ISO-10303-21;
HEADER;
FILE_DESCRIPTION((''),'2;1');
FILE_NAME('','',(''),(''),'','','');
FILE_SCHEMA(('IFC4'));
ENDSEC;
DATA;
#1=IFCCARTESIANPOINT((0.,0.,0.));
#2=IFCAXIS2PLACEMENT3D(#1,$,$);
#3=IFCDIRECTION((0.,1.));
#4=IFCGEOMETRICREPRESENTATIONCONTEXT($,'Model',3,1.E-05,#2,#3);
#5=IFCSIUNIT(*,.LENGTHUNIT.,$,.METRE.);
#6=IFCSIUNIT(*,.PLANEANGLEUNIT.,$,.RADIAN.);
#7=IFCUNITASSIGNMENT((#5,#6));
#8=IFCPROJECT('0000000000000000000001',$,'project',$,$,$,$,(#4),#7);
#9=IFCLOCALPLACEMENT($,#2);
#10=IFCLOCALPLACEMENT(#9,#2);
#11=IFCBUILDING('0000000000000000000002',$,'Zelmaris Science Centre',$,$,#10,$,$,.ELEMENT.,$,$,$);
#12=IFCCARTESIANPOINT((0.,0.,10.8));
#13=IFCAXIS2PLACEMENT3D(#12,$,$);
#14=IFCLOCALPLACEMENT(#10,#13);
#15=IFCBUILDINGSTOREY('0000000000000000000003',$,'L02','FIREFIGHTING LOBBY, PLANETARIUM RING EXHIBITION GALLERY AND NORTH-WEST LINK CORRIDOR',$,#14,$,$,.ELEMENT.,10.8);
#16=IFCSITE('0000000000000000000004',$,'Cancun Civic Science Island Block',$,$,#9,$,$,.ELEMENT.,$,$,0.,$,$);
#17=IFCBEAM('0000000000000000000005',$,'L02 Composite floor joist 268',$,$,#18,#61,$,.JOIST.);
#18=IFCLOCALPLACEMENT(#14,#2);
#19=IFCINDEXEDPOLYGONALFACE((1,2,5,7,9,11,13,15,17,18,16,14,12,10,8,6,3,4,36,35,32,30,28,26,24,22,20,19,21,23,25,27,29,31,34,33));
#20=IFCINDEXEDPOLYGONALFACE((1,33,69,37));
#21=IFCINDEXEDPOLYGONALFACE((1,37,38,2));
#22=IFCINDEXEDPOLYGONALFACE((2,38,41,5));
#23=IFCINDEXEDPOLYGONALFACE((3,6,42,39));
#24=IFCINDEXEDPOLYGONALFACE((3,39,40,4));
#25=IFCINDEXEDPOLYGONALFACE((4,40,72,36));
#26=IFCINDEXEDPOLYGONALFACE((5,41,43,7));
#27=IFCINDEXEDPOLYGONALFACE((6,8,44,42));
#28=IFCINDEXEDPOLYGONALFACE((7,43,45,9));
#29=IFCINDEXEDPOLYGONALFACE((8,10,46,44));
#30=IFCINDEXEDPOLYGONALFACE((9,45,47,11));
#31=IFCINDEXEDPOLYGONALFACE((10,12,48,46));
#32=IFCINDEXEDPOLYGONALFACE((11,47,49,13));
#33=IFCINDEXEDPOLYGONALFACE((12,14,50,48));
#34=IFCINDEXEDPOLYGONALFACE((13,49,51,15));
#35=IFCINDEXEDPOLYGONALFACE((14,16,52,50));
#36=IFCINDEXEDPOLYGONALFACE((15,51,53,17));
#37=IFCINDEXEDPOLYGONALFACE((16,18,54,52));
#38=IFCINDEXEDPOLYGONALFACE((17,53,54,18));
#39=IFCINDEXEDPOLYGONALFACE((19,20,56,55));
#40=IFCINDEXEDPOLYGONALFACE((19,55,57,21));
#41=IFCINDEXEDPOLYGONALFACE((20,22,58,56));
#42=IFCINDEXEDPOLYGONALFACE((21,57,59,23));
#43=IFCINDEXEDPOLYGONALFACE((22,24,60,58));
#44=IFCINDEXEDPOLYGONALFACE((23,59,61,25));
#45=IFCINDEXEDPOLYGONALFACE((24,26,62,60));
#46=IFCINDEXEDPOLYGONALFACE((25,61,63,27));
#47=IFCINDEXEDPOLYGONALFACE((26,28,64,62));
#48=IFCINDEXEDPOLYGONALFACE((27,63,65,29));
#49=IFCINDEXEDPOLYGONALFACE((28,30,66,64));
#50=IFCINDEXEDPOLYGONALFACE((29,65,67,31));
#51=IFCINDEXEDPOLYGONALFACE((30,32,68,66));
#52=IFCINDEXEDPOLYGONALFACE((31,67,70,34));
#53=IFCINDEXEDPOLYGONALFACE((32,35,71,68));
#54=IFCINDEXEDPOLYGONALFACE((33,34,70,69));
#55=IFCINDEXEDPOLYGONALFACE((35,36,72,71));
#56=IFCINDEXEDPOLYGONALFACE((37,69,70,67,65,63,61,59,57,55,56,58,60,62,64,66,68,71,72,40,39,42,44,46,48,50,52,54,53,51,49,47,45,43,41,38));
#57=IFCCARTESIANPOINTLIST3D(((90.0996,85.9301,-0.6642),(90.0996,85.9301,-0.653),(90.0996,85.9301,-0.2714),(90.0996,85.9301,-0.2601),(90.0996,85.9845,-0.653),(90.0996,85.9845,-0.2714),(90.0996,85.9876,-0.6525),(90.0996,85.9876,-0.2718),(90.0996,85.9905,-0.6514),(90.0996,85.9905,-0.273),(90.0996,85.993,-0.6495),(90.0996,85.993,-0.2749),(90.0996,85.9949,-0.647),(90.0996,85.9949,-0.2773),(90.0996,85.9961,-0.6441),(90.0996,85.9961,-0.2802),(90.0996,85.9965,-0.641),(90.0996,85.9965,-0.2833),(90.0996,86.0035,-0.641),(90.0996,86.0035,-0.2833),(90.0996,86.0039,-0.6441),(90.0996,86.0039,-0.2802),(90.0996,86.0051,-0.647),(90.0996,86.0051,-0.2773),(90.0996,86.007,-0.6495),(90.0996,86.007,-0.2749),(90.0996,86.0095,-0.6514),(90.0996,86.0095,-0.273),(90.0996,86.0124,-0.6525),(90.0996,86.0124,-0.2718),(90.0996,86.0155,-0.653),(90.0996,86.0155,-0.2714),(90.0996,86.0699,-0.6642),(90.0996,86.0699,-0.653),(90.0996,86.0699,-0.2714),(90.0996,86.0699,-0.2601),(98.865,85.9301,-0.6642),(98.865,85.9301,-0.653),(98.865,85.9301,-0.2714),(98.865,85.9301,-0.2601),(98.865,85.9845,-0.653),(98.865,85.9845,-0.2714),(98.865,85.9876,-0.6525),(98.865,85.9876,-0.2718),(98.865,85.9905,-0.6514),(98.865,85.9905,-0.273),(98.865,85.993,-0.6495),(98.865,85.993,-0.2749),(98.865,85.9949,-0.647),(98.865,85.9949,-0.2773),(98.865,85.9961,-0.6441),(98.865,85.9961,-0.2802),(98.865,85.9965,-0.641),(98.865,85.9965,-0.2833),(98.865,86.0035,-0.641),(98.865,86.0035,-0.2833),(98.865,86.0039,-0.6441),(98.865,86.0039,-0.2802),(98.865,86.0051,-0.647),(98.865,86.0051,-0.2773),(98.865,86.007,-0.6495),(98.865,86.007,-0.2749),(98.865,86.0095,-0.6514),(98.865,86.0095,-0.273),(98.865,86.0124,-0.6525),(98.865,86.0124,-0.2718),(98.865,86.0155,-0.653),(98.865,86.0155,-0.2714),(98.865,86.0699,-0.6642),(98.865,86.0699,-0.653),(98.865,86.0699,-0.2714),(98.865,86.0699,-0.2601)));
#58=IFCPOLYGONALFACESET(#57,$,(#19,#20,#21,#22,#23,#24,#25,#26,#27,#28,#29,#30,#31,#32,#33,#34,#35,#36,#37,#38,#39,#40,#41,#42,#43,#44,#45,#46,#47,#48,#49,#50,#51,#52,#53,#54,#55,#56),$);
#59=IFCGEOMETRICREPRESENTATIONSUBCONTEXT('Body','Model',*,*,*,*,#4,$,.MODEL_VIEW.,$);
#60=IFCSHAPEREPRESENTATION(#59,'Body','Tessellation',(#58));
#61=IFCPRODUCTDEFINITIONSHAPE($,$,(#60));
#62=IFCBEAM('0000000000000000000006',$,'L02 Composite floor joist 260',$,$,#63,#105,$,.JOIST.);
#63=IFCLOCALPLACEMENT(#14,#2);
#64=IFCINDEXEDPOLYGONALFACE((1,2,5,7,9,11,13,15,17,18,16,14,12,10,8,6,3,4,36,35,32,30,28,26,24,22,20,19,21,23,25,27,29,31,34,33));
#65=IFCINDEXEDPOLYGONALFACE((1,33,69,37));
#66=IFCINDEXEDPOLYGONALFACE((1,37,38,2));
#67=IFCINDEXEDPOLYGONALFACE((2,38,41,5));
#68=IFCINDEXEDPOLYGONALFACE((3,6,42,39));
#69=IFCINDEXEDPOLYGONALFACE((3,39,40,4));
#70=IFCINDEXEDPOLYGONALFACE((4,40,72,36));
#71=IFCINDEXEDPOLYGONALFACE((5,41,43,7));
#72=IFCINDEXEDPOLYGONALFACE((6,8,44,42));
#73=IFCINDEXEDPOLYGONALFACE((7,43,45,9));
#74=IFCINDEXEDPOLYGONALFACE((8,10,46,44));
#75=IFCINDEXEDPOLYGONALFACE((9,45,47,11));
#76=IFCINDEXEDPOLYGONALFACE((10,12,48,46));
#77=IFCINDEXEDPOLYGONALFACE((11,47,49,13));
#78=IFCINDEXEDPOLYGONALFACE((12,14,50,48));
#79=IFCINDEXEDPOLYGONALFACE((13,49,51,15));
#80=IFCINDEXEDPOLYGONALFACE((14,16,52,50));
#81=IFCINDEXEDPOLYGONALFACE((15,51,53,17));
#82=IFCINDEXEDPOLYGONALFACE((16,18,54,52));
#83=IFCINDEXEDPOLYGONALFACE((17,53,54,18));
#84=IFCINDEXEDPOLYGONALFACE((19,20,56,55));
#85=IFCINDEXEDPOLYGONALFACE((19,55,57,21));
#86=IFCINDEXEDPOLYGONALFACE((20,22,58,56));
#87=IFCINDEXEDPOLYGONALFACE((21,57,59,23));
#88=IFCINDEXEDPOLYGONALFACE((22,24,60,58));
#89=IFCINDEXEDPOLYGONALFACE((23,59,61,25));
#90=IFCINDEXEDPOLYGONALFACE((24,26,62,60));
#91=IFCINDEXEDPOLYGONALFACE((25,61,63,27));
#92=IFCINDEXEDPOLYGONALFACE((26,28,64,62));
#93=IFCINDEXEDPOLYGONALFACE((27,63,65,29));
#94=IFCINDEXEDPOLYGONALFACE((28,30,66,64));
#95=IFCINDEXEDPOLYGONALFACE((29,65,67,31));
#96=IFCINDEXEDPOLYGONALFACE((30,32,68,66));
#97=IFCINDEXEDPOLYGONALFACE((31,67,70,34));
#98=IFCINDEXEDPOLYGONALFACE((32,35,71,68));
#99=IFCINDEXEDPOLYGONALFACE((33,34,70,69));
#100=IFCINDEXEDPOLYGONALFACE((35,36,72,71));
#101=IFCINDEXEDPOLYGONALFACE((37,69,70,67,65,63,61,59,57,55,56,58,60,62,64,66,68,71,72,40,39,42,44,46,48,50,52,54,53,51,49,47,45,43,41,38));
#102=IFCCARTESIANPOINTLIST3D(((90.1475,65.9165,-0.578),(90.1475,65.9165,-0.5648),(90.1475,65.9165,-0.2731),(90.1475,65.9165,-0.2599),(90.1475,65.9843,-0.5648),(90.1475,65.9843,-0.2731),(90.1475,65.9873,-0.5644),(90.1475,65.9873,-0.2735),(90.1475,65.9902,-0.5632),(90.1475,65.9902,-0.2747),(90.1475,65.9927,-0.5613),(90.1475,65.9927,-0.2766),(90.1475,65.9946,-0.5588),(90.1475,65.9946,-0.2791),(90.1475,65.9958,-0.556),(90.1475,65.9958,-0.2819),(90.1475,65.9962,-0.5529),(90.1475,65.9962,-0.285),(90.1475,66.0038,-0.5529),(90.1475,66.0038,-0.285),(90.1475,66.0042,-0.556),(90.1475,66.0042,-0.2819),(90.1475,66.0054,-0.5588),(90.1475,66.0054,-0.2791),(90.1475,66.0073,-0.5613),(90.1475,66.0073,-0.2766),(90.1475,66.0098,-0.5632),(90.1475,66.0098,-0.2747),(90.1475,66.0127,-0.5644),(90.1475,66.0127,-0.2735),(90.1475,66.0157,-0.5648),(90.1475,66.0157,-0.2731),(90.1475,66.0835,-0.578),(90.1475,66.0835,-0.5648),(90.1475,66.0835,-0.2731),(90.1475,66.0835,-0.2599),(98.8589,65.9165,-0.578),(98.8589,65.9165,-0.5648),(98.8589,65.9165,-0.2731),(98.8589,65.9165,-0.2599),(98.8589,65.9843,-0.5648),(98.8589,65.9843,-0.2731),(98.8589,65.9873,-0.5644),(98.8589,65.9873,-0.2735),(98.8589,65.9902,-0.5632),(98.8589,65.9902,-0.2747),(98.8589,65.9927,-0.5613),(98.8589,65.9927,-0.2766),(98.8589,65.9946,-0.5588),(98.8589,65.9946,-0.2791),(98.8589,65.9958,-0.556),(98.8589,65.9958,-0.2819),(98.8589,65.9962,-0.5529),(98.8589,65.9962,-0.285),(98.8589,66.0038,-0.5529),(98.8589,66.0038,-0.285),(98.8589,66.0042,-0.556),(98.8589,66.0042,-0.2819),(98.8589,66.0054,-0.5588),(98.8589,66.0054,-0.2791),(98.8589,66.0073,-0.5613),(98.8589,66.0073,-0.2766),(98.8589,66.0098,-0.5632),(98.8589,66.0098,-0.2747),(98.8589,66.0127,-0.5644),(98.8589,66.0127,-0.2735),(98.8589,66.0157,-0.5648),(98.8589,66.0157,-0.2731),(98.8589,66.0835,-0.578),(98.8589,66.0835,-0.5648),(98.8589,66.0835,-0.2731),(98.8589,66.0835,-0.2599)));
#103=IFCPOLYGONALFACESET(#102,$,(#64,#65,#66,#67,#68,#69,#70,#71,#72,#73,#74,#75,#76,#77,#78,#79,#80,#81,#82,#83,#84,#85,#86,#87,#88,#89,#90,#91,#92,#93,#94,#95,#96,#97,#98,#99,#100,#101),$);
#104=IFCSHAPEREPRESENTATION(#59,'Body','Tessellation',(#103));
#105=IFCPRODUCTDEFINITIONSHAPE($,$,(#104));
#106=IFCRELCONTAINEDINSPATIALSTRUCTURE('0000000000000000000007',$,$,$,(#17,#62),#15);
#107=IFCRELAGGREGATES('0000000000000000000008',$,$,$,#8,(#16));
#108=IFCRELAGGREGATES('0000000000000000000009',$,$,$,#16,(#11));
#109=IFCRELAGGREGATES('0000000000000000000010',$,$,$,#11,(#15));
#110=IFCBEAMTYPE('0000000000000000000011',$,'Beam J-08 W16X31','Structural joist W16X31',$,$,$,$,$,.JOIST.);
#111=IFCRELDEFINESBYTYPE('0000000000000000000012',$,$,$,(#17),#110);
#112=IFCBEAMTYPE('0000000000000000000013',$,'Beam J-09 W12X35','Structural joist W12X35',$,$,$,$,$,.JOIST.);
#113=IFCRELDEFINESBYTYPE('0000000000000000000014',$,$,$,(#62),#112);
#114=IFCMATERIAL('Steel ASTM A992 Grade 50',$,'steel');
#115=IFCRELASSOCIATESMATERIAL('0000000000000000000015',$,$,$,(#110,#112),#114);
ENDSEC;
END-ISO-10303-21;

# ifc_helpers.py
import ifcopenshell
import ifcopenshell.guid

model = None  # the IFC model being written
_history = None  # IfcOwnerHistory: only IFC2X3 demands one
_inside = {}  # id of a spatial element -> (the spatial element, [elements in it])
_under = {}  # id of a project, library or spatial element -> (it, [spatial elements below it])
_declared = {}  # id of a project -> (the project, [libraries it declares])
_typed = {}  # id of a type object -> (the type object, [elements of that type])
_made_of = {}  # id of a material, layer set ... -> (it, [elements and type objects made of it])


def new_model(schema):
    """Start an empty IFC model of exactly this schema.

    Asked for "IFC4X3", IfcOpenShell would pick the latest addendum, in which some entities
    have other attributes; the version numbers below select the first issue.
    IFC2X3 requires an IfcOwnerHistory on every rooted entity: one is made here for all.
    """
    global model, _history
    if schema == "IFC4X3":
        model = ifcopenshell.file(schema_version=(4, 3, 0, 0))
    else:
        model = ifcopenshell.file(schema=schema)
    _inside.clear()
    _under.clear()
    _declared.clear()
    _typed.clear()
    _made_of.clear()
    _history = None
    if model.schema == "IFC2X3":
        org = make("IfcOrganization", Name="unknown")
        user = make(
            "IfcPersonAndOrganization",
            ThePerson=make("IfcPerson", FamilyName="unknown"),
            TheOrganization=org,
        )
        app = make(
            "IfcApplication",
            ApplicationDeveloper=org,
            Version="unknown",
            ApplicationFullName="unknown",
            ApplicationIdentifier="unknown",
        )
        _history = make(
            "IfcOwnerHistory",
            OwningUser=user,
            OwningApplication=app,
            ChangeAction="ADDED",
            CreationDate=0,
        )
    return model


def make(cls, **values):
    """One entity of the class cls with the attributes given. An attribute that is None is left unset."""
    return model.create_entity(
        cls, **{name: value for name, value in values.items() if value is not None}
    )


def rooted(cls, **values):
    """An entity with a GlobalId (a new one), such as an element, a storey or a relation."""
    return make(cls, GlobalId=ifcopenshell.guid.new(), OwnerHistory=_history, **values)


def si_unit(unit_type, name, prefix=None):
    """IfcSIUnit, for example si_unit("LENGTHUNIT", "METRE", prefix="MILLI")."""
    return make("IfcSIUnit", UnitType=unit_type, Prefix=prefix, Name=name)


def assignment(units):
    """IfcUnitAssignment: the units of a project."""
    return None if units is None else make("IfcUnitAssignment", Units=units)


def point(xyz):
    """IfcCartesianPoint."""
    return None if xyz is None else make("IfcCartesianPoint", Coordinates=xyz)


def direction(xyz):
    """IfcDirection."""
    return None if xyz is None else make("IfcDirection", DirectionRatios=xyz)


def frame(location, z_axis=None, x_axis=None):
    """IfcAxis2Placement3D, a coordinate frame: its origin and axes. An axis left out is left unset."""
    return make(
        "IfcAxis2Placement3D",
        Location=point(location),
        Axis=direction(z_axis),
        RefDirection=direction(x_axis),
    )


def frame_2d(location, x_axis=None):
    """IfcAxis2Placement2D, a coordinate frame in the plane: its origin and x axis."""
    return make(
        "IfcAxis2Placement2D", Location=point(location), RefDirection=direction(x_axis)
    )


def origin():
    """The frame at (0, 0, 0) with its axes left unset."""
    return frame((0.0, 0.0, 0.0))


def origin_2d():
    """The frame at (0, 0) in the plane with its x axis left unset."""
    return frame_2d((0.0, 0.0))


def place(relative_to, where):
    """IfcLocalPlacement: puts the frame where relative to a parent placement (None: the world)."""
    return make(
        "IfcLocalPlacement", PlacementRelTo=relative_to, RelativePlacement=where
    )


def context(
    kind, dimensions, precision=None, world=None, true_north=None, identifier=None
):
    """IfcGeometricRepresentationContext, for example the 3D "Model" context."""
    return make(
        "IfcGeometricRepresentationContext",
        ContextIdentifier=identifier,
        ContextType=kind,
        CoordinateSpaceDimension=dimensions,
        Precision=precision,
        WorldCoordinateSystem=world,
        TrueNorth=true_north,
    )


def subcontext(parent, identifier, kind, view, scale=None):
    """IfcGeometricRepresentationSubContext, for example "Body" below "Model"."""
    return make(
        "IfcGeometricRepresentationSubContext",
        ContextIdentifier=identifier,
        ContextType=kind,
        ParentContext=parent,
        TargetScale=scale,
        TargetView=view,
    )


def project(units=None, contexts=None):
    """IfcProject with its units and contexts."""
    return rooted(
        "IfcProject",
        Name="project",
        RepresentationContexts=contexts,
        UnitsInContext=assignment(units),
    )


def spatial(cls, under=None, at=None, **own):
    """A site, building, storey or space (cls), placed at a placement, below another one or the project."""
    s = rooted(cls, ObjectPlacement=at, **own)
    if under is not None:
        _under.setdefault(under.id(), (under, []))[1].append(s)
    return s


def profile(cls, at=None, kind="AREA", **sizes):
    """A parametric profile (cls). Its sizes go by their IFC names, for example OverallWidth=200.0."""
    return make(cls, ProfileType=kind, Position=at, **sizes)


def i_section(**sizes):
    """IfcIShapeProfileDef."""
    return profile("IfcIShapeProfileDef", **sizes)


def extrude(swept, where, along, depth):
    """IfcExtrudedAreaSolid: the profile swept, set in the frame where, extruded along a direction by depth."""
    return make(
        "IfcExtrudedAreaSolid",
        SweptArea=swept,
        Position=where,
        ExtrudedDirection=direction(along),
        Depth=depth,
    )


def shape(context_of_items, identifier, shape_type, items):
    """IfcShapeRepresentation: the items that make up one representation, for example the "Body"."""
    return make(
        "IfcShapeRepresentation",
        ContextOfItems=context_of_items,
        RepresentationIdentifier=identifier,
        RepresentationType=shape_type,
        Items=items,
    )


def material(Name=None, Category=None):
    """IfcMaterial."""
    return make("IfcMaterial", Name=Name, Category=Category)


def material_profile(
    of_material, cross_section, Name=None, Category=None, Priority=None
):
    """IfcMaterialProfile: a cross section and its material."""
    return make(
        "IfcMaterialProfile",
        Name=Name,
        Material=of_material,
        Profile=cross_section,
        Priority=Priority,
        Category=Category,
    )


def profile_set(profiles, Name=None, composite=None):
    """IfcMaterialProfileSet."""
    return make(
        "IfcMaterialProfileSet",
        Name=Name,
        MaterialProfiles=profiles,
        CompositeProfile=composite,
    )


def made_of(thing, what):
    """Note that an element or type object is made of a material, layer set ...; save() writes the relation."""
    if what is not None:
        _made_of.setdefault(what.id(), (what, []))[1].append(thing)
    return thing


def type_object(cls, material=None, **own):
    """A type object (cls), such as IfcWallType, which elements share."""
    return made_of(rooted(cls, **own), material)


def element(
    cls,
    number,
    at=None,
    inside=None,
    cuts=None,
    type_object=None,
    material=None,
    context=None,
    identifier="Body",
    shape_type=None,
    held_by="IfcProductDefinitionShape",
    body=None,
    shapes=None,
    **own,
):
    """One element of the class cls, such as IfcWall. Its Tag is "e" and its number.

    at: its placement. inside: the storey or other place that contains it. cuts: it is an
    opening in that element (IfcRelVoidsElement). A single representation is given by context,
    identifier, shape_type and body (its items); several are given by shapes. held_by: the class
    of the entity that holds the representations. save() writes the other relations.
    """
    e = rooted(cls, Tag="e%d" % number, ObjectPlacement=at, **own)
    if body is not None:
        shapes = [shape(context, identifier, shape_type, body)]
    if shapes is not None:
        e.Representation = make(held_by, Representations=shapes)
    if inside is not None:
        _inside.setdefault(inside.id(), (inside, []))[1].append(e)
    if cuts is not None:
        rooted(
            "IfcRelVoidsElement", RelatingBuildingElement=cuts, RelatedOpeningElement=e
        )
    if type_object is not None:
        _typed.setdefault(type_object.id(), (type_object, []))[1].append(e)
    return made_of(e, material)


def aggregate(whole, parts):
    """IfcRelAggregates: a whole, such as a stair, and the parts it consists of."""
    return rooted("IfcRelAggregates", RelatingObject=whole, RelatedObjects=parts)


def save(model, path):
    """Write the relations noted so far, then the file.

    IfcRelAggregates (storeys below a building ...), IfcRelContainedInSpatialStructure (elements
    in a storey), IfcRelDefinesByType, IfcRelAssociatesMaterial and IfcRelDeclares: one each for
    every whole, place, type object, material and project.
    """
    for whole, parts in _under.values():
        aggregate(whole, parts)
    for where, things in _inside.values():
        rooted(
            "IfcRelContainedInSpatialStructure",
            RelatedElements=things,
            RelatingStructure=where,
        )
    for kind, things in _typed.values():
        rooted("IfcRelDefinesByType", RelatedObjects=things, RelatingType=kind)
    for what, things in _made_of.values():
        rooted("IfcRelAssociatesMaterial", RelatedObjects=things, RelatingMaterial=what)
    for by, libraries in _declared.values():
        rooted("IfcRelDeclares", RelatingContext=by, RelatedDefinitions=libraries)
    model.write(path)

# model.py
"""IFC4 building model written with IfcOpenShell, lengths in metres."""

from ifc_helpers import new_model, si_unit, direction, frame, origin, origin_2d, place, context, subcontext, project, spatial, i_section, extrude, material, material_profile, profile_set, type_object, element, save


model = new_model("IFC4")

# Units and contexts
model_context = context("Model", 3, precision=1e-05, world=origin(), true_north=direction((0.0, 1.0)))
body_context = subcontext(model_context, "Body", "Model", "MODEL_VIEW")
ifc_project = project(units=[si_unit("LENGTHUNIT", "METRE"), si_unit("PLANEANGLEUNIT", "RADIAN")], contexts=[model_context])

# Site, building, storey
site_placement = place(None, origin())
site = spatial("IfcSite", under=ifc_project, at=site_placement, Name="Cancun Civic Science Island Block", CompositionType="ELEMENT", RefElevation=0.0)
building_placement = place(site_placement, origin())
building = spatial("IfcBuilding", under=site, at=building_placement, Name="Zelmaris Science Centre", CompositionType="ELEMENT")
storey_placement = place(building_placement, frame((0.0, 0.0, 10.8)))
storey = spatial("IfcBuildingStorey", under=building, at=storey_placement, Name="L02", Description="FIREFIGHTING LOBBY, PLANETARIUM RING EXHIBITION GALLERY AND NORTH-WEST LINK CORRIDOR", CompositionType="ELEMENT", Elevation=10.8)

# Shared definitions
ifc_material_1 = material(Name="Steel ASTM A992 Grade 50", Category="steel")

# Beams
ifc_material_profile_1 = material_profile(ifc_material_1, i_section(OverallWidth=0.1399, OverallDepth=0.4041, WebThickness=0.0071, FlangeThickness=0.0112, FilletRadius=0.012, at=origin_2d()), Name="W16X31")
ifc_profile_set_1 = profile_set([ifc_material_profile_1], Name="Steel ASTM A992 Grade 50")
beam_type_1 = type_object("IfcBeamType", Name="Beam J-08 W16X31", Description="Structural joist W16X31", PredefinedType="JOIST", material=ifc_profile_set_1)
beam_1_placement = place(storey_placement, frame((90.0996, 86.0, -0.4622), z_axis=(1.0, 0.0, 0.0), x_axis=(0.0, 1.0, 0.0)))
element("IfcBeam", 1, at=beam_1_placement, inside=storey, type_object=beam_type_1, Name="L02 Composite floor joist 268", PredefinedType="JOIST", context=body_context, shape_type="SweptSolid", body=[
    extrude(i_section(OverallWidth=0.1399, OverallDepth=0.4041, WebThickness=0.0071, FlangeThickness=0.0112, FilletRadius=0.012, at=origin_2d()), origin(), (0.0, 0.0, 1.0), 8.7654),
])
ifc_material_profile_2 = material_profile(ifc_material_1, i_section(OverallWidth=0.167, OverallDepth=0.3181, WebThickness=0.0076, FlangeThickness=0.0132, FilletRadius=0.012, at=origin_2d()), Name="W12X35")
ifc_profile_set_2 = profile_set([ifc_material_profile_2], Name="Steel ASTM A992 Grade 50")
beam_type_2 = type_object("IfcBeamType", Name="Beam J-09 W12X35", Description="Structural joist W12X35", PredefinedType="JOIST", material=ifc_profile_set_2)
beam_2_placement = place(storey_placement, frame((90.1475, 66.0, -0.4189), z_axis=(1.0, 0.0, 0.0), x_axis=(0.0, 1.0, 0.0)))
element("IfcBeam", 2, at=beam_2_placement, inside=storey, type_object=beam_type_2, Name="L02 Composite floor joist 260", PredefinedType="JOIST", context=body_context, shape_type="SweptSolid", body=[
    extrude(i_section(OverallWidth=0.167, OverallDepth=0.3181, WebThickness=0.0076, FlangeThickness=0.0132, FilletRadius=0.012, at=origin_2d()), origin(), (0.0, 0.0, 1.0), 8.7114),
])

save(model, "model.ifc")
